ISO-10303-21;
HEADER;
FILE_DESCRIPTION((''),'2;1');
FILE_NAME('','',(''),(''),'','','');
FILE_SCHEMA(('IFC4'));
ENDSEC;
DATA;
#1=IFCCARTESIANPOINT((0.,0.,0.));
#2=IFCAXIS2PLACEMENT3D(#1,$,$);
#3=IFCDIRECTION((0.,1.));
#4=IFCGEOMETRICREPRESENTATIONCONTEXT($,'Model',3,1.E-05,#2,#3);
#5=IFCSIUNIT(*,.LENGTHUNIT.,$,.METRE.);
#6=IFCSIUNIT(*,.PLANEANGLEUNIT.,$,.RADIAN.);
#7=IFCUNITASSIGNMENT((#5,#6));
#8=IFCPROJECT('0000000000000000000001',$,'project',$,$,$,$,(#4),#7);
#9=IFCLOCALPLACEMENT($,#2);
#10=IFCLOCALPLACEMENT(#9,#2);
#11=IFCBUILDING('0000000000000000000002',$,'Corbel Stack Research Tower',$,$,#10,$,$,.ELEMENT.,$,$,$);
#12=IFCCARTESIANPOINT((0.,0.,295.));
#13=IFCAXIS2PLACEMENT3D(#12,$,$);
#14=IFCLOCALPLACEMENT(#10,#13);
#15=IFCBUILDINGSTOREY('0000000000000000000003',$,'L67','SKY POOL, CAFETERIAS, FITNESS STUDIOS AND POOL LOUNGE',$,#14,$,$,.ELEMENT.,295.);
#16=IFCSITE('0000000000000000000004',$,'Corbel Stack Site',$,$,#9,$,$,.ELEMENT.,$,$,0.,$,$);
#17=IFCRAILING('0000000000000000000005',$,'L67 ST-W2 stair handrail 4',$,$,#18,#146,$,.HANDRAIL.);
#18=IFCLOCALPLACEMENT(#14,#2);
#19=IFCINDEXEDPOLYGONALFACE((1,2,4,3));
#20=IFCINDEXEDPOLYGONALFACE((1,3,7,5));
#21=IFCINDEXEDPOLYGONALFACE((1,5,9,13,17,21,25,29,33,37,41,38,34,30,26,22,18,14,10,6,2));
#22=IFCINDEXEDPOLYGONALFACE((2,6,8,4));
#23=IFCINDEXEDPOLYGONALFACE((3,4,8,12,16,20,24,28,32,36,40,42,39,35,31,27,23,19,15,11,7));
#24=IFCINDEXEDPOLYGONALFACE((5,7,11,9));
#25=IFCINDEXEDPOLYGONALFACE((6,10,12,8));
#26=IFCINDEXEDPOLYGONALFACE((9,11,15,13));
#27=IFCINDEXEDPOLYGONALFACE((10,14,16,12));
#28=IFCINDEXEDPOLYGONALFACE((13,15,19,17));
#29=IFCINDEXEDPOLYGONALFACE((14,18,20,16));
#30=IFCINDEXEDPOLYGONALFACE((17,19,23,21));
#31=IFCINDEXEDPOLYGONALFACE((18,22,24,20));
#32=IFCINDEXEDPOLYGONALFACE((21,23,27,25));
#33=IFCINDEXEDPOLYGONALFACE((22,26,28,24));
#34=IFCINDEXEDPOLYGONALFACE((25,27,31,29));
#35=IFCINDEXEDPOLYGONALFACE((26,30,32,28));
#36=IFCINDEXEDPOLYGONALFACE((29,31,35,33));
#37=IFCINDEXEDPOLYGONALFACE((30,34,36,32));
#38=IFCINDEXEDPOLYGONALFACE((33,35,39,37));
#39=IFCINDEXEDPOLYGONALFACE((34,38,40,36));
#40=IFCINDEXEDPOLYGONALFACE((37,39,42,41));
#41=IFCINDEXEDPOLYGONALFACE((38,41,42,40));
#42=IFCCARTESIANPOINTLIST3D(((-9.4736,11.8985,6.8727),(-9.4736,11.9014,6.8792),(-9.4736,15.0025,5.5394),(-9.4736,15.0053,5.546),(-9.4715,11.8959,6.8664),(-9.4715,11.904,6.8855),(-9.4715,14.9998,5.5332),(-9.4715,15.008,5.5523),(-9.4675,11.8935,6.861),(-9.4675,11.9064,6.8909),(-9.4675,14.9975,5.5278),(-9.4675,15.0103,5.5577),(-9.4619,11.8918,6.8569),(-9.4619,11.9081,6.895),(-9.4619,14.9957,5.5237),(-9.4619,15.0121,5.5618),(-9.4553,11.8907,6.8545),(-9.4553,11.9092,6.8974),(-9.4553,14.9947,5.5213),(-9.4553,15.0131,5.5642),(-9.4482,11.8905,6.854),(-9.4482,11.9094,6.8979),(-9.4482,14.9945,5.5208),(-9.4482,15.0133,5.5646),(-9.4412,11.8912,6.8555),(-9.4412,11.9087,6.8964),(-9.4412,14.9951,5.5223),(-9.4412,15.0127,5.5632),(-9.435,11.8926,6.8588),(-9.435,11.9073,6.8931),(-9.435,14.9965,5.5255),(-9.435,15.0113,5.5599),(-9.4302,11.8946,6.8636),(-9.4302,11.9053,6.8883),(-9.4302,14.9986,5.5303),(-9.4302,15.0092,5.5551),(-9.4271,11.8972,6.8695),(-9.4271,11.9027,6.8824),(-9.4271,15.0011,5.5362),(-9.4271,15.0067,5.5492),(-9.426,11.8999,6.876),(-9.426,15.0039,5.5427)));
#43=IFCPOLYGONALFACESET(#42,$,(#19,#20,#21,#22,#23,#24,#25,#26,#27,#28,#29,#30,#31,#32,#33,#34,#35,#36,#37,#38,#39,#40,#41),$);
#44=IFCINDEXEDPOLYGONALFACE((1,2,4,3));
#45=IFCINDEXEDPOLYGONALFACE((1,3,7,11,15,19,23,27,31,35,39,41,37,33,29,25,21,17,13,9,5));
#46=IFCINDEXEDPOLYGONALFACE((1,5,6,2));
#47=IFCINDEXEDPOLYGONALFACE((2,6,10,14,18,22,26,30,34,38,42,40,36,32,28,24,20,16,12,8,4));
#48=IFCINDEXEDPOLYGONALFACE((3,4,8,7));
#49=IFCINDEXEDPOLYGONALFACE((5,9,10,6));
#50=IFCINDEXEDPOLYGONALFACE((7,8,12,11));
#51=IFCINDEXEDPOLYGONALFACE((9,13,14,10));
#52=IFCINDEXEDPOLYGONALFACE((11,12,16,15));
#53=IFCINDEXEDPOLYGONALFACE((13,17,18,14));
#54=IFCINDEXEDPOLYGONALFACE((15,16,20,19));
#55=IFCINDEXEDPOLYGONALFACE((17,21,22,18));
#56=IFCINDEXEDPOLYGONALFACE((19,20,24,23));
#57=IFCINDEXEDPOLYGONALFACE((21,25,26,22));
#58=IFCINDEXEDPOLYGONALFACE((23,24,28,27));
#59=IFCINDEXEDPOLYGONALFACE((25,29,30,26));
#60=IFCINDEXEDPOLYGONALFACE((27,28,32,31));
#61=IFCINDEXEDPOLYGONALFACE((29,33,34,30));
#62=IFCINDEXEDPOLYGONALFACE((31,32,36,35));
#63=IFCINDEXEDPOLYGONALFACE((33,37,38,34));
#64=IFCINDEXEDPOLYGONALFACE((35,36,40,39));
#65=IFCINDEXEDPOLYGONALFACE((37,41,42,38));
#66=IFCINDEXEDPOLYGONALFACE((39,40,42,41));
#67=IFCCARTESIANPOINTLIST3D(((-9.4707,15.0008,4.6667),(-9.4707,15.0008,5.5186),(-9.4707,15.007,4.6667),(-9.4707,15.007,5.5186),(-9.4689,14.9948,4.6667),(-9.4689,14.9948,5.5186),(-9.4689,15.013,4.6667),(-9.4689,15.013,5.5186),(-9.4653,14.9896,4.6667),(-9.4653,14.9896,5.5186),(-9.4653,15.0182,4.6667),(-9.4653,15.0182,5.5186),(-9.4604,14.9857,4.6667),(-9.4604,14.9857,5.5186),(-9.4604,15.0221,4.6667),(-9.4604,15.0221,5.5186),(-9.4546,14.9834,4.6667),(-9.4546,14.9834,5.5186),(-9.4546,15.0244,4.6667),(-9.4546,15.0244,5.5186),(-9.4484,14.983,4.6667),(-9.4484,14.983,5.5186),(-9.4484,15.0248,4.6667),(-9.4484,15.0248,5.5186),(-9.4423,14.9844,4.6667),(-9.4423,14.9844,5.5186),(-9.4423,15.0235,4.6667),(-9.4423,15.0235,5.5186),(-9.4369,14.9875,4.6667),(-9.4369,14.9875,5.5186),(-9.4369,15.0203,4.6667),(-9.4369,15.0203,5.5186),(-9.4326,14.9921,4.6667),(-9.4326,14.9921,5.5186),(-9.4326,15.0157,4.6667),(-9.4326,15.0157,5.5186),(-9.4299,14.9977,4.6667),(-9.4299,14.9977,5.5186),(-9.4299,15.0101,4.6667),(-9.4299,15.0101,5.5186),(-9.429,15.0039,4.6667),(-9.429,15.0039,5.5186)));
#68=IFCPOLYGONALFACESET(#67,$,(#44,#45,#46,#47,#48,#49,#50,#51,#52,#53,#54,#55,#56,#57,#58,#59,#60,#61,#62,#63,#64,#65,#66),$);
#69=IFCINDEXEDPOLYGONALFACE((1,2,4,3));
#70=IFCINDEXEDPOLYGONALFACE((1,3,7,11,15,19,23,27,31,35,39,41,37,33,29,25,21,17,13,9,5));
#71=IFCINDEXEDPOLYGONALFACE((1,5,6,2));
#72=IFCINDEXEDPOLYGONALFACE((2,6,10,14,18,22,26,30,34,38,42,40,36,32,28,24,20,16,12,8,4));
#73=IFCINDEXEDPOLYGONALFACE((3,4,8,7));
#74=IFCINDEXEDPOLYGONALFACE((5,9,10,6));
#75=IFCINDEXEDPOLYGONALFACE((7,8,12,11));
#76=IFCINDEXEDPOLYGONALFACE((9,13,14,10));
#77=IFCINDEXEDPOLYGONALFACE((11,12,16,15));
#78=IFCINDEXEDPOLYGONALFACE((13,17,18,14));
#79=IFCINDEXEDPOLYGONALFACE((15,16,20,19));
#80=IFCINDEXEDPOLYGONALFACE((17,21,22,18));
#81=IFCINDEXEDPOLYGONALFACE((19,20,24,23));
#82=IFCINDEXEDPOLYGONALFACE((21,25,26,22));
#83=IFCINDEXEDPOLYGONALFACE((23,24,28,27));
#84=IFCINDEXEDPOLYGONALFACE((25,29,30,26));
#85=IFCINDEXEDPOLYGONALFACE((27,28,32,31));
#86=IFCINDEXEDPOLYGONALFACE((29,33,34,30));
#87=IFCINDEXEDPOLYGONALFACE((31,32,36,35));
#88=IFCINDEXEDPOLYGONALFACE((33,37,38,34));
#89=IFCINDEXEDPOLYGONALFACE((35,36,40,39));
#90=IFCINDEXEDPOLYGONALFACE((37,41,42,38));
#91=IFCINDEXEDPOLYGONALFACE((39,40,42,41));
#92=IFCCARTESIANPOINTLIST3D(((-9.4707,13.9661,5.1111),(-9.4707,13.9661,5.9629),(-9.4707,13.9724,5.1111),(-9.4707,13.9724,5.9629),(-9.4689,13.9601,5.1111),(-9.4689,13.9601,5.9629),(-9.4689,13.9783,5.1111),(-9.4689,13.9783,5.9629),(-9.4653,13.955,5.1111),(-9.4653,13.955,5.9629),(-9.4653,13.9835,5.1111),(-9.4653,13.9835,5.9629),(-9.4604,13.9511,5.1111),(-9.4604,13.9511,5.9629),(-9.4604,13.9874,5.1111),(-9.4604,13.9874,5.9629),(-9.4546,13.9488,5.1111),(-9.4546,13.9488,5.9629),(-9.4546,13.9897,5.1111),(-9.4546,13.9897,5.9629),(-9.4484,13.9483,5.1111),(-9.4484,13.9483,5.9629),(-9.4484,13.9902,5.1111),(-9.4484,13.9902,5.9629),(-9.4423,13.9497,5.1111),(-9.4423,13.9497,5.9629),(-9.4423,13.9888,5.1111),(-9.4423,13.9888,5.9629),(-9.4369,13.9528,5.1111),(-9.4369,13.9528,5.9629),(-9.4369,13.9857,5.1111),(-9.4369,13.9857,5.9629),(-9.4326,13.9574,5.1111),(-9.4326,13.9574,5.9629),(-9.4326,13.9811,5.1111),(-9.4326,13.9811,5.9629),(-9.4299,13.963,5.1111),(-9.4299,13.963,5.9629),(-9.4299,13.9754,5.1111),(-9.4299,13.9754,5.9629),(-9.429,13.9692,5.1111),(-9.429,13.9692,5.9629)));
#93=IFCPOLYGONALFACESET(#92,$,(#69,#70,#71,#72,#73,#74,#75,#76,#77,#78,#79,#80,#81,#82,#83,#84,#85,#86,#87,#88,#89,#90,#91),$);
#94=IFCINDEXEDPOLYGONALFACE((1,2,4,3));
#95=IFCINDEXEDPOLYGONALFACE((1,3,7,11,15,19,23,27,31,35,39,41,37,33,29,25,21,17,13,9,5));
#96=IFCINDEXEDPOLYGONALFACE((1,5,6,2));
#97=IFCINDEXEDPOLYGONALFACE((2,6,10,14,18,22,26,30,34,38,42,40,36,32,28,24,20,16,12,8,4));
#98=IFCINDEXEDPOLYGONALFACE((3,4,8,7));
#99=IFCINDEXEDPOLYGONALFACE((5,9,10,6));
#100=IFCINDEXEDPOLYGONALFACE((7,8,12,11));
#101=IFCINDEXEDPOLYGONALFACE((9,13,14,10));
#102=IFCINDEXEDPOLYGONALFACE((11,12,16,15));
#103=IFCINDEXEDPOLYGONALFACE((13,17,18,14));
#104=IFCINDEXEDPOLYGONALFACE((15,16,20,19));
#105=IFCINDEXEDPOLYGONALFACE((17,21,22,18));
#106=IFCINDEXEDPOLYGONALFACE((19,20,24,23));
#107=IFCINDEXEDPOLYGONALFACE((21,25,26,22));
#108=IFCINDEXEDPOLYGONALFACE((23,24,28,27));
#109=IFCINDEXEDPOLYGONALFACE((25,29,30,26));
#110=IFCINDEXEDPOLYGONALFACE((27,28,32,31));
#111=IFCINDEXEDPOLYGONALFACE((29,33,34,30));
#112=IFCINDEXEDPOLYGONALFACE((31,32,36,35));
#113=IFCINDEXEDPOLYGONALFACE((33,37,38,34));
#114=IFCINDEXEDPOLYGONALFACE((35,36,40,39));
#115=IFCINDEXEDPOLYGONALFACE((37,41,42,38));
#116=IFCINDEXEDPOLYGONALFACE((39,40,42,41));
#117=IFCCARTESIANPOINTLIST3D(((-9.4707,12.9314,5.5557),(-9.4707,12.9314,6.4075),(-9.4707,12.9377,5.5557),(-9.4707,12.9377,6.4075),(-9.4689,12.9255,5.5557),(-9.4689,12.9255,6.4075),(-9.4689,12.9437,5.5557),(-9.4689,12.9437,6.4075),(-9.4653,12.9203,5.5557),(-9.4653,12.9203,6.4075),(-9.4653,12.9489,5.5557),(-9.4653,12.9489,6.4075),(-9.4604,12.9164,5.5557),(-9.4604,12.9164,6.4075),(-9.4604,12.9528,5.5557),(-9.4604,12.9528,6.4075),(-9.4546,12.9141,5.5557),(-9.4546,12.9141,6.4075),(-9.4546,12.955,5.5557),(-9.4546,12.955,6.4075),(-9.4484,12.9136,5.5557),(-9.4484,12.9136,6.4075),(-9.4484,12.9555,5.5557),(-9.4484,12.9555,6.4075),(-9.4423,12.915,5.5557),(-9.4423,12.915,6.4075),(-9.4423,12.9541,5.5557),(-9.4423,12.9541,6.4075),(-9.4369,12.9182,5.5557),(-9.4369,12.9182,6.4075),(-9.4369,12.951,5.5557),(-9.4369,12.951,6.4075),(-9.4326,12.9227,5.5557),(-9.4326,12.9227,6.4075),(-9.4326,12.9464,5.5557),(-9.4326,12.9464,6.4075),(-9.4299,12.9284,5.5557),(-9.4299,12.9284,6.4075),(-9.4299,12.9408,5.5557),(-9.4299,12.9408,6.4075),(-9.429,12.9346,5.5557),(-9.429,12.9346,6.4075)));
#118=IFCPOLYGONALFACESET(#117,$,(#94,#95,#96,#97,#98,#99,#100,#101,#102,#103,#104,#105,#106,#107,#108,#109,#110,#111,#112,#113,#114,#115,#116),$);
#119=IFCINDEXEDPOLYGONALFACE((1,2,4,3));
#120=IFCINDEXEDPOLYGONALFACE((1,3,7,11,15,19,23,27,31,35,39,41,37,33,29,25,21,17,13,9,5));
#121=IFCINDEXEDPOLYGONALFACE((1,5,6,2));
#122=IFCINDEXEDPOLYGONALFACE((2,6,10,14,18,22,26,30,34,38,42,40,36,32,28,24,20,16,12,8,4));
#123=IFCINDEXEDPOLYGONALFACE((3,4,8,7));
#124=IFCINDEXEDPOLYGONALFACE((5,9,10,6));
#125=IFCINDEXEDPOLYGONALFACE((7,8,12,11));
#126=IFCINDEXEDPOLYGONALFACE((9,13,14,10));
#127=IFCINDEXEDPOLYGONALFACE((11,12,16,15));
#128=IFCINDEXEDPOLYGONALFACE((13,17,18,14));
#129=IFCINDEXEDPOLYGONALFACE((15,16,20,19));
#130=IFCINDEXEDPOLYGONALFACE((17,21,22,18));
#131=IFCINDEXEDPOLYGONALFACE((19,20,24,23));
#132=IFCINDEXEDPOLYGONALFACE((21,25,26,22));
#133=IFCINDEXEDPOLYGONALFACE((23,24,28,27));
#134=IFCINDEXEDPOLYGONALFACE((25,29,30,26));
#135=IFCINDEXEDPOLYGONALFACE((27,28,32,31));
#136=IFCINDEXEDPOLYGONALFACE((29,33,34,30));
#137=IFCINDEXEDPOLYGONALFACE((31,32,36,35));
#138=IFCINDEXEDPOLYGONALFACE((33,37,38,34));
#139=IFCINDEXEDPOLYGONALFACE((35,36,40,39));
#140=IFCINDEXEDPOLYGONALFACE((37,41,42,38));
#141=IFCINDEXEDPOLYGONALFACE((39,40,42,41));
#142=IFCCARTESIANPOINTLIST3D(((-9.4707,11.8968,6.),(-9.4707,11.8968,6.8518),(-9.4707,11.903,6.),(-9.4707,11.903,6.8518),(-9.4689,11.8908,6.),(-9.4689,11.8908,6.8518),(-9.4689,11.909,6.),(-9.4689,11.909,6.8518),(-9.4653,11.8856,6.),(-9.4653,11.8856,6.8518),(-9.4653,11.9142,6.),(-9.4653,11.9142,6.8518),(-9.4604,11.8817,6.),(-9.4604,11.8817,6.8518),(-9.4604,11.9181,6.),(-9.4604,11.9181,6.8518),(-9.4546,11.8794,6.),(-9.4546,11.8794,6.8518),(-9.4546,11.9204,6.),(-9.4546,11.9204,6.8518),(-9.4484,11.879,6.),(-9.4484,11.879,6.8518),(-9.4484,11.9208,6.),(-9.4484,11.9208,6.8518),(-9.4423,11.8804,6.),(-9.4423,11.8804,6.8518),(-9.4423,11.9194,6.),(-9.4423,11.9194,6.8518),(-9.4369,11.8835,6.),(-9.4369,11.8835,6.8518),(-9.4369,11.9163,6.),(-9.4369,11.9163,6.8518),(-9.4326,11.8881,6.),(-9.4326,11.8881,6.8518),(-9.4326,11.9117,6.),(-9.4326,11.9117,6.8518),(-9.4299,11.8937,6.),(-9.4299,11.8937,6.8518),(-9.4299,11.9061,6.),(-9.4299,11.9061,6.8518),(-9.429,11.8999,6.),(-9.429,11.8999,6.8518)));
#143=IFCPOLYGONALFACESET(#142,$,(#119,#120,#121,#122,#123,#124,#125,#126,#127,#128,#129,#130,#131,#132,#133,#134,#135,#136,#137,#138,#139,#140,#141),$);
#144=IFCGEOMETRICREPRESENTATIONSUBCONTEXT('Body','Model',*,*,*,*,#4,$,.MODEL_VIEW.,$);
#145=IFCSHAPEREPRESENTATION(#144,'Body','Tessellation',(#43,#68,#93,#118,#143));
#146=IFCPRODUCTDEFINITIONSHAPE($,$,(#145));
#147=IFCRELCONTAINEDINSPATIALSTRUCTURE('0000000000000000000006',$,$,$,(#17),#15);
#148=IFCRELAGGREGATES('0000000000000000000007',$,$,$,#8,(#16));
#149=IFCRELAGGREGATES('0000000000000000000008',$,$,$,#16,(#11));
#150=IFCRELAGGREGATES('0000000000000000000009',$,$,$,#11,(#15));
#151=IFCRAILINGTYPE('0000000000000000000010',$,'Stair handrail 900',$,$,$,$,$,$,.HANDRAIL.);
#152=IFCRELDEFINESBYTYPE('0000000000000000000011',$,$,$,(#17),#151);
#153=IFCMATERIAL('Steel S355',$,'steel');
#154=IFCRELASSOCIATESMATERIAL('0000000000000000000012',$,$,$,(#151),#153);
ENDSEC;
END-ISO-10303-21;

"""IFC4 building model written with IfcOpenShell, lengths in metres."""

from ifc_helpers import new_model, si_unit, direction, frame, origin, origin_2d, place, context, subcontext, project, spatial, circle, extrude, material, type_object, element, save


model = new_model("IFC4")

# Units and contexts
model_context = context("Model", 3, precision=1e-05, world=origin(), true_north=direction((0.0, 1.0)))
body_context = subcontext(model_context, "Body", "Model", "MODEL_VIEW")
ifc_project = project(units=[si_unit("LENGTHUNIT", "METRE"), si_unit("PLANEANGLEUNIT", "RADIAN")], contexts=[model_context])

# Site, building, storey
site_placement = place(None, origin())
site = spatial("IfcSite", under=ifc_project, at=site_placement, Name="Corbel Stack Site", CompositionType="ELEMENT", RefElevation=0.0)
building_placement = place(site_placement, origin())
building = spatial("IfcBuilding", under=site, at=building_placement, Name="Corbel Stack Research Tower", CompositionType="ELEMENT")
storey_placement = place(building_placement, frame((0.0, 0.0, 295.0)))
storey = spatial("IfcBuildingStorey", under=building, at=storey_placement, Name="L67", Description="SKY POOL, CAFETERIAS, FITNESS STUDIOS AND POOL LOUNGE", CompositionType="ELEMENT", Elevation=295.0)

# Railing
ifc_material_1 = material(Name="Steel S355", Category="steel")
railing_type_1 = type_object("IfcRailingType", Name="Stair handrail 900", PredefinedType="HANDRAIL", material=ifc_material_1)
for number, where, name in (
    (1, (-9.45, 15.0039, 4.6667), "L67 ST-W2 stair handrail 4"),
):
    element("IfcRailing", number, at=place(storey_placement, frame(where)), inside=storey, type_object=railing_type_1, Name=name, PredefinedType="HANDRAIL", context=body_context, shape_type="SweptSolid", body=[
        extrude(circle(Radius=0.0239, at=origin_2d()), frame((0.0, 0.0, 0.876), z_axis=(0.0, -0.918827, 0.394661), x_axis=(1.0, 0.0, 0.0)), (0.0, 0.0, 1.0), 3.3782),
        extrude(circle(Radius=0.021, at=origin_2d()), origin(), (0.0, 0.0, 1.0), 0.8518),
        extrude(circle(Radius=0.021, at=origin_2d()), frame((0.0, -1.0347, 0.4443)), (0.0, 0.0, 1.0), 0.8518),
        extrude(circle(Radius=0.021, at=origin_2d()), frame((0.0, -2.0693, 0.8889)), (0.0, 0.0, 1.0), 0.8518),
        extrude(circle(Radius=0.021, at=origin_2d()), frame((0.0, -3.104, 1.3333)), (0.0, 0.0, 1.0), 0.8518),
    ])

save(model, "model.ifc")
